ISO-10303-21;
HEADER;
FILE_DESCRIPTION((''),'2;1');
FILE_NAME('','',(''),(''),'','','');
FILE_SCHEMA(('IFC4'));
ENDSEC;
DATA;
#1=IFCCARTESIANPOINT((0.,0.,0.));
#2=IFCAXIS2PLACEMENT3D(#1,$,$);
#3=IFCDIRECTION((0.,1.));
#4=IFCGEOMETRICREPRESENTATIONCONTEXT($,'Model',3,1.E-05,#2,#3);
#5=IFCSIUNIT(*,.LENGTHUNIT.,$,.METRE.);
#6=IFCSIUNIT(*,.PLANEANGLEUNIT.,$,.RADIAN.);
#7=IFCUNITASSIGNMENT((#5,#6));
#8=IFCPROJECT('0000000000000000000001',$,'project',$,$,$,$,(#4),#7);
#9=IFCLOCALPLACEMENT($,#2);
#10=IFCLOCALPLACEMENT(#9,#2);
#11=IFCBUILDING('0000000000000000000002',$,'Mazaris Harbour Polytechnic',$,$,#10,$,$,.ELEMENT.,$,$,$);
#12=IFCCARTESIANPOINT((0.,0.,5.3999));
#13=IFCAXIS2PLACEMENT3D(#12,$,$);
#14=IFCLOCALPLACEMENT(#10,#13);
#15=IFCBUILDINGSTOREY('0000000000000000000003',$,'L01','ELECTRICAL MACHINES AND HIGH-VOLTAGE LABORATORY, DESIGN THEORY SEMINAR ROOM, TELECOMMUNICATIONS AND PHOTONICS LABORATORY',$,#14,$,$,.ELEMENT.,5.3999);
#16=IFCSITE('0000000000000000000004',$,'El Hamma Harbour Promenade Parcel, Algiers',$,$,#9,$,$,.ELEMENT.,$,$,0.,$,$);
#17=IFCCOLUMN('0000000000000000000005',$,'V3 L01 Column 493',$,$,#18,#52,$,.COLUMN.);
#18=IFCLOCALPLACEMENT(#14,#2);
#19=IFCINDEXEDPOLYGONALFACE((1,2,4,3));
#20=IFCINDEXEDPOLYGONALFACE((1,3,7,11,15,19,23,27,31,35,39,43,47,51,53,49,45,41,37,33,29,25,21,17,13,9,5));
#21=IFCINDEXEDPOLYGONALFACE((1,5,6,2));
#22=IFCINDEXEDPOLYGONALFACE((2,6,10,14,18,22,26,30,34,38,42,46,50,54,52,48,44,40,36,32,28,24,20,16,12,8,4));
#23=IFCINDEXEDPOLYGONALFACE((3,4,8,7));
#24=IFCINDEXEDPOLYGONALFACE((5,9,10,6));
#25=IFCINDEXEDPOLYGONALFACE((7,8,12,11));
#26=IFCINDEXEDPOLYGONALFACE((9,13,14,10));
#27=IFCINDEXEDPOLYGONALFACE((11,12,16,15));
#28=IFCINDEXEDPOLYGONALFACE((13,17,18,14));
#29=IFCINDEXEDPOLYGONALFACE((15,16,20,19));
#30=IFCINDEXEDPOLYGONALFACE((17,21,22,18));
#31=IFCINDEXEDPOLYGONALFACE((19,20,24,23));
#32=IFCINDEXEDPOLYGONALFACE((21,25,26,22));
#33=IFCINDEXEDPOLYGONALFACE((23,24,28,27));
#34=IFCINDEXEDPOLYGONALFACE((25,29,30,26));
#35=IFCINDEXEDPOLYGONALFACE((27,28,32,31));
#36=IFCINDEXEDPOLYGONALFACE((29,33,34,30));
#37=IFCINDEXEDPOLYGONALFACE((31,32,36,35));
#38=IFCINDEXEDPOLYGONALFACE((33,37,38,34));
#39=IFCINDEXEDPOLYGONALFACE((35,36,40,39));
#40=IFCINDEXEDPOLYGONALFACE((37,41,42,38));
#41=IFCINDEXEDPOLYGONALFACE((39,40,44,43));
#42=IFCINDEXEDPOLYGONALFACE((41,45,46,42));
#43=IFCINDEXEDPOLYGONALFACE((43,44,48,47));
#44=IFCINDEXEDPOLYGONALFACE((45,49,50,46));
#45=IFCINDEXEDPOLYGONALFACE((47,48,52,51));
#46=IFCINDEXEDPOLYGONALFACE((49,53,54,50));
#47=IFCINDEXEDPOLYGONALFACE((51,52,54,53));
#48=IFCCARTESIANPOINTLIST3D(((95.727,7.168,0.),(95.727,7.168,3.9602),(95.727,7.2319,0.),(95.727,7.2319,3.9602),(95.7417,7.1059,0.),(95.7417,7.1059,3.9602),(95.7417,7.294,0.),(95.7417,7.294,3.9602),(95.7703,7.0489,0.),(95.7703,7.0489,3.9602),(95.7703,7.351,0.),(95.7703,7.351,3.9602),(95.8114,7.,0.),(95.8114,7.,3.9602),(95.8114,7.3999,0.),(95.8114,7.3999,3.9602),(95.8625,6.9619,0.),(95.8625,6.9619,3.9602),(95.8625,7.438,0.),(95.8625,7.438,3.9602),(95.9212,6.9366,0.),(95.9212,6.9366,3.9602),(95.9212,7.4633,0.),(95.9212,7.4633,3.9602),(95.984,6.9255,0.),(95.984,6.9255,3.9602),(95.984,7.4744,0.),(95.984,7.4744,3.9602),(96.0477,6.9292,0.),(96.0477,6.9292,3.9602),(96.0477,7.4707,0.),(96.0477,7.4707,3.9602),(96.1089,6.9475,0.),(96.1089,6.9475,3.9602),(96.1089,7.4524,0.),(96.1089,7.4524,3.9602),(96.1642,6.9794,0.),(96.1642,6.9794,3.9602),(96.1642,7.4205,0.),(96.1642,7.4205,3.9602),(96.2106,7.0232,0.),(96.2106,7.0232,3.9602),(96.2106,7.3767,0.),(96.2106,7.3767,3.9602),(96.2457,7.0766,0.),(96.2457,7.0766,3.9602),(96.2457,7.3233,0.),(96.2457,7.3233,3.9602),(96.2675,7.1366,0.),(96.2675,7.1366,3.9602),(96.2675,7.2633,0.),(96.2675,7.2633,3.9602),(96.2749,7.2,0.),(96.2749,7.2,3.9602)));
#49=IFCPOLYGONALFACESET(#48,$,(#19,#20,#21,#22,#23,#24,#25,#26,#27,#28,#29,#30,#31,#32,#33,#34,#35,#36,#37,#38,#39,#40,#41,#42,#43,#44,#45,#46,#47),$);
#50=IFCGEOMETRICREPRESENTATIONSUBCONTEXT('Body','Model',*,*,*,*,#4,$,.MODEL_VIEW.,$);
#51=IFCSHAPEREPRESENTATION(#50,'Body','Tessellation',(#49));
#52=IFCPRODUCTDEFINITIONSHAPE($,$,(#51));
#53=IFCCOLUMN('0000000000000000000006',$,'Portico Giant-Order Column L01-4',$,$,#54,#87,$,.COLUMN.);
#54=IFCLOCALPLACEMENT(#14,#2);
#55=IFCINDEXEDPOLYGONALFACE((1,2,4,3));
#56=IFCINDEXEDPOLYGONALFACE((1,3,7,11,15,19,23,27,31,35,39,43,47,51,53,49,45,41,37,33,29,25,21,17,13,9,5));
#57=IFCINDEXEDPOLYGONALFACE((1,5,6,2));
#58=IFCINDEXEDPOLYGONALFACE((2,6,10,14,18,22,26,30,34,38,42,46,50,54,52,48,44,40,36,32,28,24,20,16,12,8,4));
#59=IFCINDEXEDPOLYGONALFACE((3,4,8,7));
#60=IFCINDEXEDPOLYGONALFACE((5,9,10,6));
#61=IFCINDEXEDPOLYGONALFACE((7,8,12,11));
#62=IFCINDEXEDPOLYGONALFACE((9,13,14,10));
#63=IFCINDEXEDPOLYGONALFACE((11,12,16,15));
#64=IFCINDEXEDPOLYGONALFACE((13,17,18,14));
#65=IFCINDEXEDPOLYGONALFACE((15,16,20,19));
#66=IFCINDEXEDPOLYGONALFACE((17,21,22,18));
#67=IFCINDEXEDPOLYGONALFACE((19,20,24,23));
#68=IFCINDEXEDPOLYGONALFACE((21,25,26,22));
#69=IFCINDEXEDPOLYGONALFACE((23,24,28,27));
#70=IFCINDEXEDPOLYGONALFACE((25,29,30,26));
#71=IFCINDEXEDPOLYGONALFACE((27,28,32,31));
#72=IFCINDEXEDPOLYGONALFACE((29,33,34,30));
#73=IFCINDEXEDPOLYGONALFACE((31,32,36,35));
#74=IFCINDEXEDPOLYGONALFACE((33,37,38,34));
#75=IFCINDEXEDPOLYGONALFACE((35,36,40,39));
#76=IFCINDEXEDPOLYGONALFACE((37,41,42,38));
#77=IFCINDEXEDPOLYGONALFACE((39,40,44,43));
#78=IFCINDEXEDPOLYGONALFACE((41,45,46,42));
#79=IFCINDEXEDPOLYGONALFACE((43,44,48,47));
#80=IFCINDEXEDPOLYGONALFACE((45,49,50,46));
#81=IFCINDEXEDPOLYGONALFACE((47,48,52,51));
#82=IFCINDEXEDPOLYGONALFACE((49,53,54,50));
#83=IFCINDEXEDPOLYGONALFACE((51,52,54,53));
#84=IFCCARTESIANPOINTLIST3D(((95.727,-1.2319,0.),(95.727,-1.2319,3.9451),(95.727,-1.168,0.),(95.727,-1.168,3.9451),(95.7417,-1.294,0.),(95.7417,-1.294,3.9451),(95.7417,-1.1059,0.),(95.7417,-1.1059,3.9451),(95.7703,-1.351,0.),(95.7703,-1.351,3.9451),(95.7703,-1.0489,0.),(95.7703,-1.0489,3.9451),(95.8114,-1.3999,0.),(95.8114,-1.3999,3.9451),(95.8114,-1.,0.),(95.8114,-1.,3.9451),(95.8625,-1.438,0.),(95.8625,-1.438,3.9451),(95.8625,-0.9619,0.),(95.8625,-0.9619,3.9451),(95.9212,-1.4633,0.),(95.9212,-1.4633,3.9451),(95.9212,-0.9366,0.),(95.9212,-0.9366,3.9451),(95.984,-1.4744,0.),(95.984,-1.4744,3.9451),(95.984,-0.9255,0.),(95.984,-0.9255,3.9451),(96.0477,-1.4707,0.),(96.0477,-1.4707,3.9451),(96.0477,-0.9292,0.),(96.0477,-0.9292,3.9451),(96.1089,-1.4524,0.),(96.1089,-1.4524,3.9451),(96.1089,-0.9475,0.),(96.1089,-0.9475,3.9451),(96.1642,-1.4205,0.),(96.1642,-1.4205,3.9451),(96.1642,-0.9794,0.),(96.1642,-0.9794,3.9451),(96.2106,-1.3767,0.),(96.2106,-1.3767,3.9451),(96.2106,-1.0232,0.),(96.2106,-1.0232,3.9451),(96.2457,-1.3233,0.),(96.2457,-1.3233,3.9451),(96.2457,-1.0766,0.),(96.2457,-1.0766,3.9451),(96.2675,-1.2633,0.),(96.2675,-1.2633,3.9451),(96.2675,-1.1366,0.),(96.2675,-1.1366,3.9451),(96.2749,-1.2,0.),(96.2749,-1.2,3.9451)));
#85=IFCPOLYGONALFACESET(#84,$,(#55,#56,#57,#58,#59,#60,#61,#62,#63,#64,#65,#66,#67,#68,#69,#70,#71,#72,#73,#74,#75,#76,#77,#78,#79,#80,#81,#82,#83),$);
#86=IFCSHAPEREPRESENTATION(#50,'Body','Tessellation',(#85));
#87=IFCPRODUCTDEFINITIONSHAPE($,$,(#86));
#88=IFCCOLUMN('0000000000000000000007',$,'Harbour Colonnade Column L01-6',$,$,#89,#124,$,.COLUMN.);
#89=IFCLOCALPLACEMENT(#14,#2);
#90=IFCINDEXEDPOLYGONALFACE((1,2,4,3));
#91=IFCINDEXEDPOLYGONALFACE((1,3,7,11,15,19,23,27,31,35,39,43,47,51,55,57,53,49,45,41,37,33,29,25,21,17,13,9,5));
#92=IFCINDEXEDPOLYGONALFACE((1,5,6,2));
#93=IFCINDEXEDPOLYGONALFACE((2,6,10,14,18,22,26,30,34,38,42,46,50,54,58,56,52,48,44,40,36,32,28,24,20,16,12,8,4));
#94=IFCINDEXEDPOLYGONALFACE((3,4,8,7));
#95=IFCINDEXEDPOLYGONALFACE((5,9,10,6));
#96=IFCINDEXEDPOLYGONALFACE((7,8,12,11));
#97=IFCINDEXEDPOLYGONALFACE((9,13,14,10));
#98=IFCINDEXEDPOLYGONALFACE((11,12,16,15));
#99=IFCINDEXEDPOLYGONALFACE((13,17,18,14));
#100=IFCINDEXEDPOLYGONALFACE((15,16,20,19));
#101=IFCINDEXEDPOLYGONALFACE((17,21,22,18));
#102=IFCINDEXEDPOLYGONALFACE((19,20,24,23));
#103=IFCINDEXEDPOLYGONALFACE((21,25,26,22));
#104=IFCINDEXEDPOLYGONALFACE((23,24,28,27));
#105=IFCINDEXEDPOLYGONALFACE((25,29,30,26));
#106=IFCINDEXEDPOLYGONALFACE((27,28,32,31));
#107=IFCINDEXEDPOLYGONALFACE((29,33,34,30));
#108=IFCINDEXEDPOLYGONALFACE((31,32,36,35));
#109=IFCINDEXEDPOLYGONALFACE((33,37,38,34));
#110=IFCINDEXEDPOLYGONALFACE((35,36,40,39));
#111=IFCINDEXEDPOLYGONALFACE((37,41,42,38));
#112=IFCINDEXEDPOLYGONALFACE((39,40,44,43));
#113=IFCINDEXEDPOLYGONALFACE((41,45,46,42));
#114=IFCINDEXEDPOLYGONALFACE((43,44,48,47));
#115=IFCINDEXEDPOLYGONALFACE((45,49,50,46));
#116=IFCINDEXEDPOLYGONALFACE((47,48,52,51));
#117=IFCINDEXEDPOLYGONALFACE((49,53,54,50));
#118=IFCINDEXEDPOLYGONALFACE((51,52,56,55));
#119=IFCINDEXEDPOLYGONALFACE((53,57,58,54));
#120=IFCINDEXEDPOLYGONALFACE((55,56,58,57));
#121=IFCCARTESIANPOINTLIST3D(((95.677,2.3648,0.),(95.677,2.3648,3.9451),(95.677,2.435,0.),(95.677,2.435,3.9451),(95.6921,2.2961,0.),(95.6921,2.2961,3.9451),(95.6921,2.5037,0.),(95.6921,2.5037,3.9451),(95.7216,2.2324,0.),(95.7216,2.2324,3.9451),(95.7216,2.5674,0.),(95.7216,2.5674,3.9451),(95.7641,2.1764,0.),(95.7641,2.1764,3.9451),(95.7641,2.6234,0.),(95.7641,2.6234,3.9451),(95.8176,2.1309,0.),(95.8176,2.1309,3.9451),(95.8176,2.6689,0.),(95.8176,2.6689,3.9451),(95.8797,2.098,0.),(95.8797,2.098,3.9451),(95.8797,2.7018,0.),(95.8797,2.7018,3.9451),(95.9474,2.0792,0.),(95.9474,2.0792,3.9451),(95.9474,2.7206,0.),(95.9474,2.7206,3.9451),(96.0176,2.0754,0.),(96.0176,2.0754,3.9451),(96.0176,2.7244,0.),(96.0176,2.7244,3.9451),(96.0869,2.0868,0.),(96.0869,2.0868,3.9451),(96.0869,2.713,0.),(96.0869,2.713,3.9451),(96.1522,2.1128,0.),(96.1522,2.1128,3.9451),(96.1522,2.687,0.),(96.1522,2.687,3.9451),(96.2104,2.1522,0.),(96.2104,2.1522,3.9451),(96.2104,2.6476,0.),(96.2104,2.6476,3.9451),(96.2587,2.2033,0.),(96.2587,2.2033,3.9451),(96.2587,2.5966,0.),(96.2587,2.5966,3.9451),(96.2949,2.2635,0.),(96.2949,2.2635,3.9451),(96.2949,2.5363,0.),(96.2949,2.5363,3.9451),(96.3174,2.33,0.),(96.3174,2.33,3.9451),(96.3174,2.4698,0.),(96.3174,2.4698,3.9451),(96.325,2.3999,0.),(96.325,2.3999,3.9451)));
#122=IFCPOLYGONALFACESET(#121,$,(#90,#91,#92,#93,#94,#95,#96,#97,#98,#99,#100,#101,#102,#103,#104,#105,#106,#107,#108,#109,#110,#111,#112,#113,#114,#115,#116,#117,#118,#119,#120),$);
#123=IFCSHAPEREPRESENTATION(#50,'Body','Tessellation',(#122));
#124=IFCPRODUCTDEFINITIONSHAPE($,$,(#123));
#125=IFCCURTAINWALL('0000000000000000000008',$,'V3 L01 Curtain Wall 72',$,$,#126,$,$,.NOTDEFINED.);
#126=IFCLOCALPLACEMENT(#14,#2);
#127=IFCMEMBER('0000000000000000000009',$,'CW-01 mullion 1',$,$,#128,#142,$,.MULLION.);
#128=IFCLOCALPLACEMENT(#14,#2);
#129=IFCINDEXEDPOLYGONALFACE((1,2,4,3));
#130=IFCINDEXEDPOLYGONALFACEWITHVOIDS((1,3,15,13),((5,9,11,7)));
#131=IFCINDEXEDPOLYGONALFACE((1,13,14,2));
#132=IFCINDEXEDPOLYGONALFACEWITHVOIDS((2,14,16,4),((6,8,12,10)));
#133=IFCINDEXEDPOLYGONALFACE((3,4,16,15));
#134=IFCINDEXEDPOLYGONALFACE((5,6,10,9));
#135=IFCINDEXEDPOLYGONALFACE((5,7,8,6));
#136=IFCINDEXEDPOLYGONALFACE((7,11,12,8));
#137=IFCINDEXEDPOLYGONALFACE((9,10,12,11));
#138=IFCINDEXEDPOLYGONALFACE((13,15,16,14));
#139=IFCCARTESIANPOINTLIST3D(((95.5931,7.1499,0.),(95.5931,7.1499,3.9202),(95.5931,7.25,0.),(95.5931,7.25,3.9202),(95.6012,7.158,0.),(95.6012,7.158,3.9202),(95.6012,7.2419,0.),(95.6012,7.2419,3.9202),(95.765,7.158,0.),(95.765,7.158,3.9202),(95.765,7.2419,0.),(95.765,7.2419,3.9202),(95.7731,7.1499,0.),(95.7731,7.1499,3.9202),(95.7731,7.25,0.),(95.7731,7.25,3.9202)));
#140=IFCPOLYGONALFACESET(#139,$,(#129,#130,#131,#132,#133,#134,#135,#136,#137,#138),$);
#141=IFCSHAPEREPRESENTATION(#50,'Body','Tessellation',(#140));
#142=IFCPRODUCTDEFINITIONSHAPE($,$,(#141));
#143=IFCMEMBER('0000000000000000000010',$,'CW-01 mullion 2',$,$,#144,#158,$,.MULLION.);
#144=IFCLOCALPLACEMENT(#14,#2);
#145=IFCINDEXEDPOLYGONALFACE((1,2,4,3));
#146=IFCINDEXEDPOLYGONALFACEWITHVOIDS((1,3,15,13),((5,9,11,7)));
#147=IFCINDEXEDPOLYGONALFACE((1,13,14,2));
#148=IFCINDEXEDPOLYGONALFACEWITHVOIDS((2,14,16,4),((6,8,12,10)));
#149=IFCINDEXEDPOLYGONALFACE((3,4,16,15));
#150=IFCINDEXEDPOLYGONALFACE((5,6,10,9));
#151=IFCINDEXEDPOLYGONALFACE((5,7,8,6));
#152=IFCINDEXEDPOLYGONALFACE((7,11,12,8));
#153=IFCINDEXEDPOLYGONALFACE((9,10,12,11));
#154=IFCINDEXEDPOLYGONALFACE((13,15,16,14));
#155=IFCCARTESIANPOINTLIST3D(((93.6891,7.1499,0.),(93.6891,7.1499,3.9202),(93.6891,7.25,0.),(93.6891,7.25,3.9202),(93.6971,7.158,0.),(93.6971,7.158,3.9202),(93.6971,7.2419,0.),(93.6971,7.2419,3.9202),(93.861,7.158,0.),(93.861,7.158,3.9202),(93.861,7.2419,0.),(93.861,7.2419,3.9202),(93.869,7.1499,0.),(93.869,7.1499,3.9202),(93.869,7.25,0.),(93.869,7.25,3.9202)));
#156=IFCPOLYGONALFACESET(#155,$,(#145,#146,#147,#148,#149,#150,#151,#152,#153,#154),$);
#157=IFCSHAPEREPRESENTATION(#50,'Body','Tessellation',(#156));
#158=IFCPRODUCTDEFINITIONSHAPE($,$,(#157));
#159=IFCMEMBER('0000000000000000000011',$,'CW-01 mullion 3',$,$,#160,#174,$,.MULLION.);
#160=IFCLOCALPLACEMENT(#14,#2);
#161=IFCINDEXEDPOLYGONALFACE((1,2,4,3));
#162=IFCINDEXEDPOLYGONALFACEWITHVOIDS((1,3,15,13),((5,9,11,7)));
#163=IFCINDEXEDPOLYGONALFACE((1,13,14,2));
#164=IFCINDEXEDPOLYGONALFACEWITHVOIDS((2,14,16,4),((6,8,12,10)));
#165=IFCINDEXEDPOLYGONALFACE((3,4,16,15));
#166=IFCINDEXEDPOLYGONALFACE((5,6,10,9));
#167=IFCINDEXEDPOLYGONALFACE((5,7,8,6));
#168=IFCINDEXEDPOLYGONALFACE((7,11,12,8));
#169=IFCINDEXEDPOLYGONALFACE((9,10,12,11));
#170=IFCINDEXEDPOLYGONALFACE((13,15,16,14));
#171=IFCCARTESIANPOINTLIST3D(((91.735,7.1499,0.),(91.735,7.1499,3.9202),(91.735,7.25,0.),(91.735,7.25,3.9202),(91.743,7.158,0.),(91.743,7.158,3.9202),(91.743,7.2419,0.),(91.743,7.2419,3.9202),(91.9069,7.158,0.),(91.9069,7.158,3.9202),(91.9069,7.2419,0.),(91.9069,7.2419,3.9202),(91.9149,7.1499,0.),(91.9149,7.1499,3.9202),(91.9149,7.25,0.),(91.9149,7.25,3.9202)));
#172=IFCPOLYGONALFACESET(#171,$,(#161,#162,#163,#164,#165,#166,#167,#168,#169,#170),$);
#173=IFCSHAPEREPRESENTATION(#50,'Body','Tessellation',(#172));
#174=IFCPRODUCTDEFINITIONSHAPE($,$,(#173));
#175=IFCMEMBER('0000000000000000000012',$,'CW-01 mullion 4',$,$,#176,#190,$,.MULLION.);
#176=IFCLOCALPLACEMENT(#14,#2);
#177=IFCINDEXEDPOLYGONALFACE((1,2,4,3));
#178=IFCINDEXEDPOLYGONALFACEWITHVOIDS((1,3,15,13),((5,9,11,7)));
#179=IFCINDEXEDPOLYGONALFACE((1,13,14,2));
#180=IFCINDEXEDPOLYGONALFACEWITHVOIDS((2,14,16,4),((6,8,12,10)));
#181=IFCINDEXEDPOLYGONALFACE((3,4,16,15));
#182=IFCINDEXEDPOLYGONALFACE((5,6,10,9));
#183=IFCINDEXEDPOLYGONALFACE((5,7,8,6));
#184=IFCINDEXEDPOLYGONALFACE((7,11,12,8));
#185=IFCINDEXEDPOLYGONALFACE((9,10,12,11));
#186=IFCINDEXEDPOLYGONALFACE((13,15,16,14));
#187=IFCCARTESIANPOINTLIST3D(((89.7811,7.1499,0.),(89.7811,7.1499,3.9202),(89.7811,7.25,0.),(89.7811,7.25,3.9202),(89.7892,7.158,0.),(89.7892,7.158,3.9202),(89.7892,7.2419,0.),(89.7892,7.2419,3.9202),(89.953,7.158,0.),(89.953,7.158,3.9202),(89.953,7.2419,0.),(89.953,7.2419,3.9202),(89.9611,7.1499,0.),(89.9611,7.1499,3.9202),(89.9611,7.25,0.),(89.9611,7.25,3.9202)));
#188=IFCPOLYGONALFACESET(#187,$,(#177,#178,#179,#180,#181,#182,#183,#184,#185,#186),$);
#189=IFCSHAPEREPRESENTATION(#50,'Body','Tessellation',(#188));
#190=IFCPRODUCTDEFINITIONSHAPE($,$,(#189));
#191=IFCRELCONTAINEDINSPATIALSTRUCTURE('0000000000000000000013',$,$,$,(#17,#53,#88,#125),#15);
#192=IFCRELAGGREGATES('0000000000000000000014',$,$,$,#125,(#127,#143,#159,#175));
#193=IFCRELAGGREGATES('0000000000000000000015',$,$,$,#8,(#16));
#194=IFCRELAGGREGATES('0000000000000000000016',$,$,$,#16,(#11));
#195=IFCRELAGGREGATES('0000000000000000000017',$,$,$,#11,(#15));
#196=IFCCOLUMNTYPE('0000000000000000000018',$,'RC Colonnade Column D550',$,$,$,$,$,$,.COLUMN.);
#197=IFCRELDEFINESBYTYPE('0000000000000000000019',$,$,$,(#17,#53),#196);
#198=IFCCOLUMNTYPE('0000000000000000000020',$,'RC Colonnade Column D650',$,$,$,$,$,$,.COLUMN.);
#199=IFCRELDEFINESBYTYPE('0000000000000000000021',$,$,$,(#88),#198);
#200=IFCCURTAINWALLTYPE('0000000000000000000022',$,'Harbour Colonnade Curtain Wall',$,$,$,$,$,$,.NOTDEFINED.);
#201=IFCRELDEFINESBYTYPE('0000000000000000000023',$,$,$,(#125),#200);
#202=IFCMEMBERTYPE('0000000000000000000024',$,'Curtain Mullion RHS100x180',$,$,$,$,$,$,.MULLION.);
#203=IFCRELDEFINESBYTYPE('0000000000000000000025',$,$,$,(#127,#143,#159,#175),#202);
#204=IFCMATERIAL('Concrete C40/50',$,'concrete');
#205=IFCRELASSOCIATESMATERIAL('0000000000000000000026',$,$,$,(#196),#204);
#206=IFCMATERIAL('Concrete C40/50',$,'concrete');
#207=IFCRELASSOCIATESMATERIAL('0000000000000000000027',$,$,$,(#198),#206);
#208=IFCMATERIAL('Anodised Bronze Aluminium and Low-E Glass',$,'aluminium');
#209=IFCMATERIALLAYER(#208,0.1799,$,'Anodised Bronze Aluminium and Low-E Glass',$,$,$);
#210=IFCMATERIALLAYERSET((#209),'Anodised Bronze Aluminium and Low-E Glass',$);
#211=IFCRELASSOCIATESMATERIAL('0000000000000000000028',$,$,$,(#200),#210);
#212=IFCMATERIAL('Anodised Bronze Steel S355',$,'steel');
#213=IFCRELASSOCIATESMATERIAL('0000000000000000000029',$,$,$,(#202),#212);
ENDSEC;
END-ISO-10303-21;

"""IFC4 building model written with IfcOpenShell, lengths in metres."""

from ifc_helpers import new_model, si_unit, direction, frame, origin, origin_2d, place, context, subcontext, project, spatial, hollow_rectangle, circle, extrude, material, layer, layer_set, material_profile, profile_set, type_object, element, aggregate, save


model = new_model("IFC4")

# Units and contexts
model_context = context("Model", 3, precision=1e-05, world=origin(), true_north=direction((0.0, 1.0)))
body_context = subcontext(model_context, "Body", "Model", "MODEL_VIEW")
ifc_project = project(units=[si_unit("LENGTHUNIT", "METRE"), si_unit("PLANEANGLEUNIT", "RADIAN")], contexts=[model_context])

# Site, building, storey
site_placement = place(None, origin())
site = spatial("IfcSite", under=ifc_project, at=site_placement, Name="El Hamma Harbour Promenade Parcel, Algiers", CompositionType="ELEMENT", RefElevation=0.0)
building_placement = place(site_placement, origin())
building = spatial("IfcBuilding", under=site, at=building_placement, Name="Mazaris Harbour Polytechnic", CompositionType="ELEMENT")
storey_placement = place(building_placement, frame((0.0, 0.0, 5.3999)))
storey = spatial("IfcBuildingStorey", under=building, at=storey_placement, Name="L01", Description="ELECTRICAL MACHINES AND HIGH-VOLTAGE LABORATORY, DESIGN THEORY SEMINAR ROOM, TELECOMMUNICATIONS AND PHOTONICS LABORATORY", CompositionType="ELEMENT", Elevation=5.3999)

# Columns
ifc_material_1 = material(Name="Concrete C40/50", Category="concrete")
ifc_material_profile_1 = material_profile(ifc_material_1, circle(Radius=0.2749, at=origin_2d()), Name="DIA550")
ifc_profile_set_1 = profile_set([ifc_material_profile_1], Name="Concrete C40/50")
column_type_1 = type_object("IfcColumnType", Name="RC Colonnade Column D550", PredefinedType="COLUMN", material=ifc_profile_set_1)
column_1_placement = place(storey_placement, frame((96.0, 7.2, 0.0), z_axis=(0.0, 0.0, 1.0), x_axis=(1.0, 0.0, 0.0)))
element("IfcColumn", 1, at=column_1_placement, inside=storey, type_object=column_type_1, Name="V3 L01 Column 493", PredefinedType="COLUMN", context=body_context, shape_type="SweptSolid", body=[
    extrude(circle(Radius=0.2749, at=origin_2d()), origin(), (0.0, 0.0, 1.0), 3.9602),
])
column_2_placement = place(storey_placement, frame((96.0, -1.2, 0.0), z_axis=(0.0, 0.0, 1.0), x_axis=(1.0, 0.0, 0.0)))
element("IfcColumn", 2, at=column_2_placement, inside=storey, type_object=column_type_1, Name="Portico Giant-Order Column L01-4", PredefinedType="COLUMN", context=body_context, shape_type="SweptSolid", body=[
    extrude(circle(Radius=0.2749, at=origin_2d()), origin(), (0.0, 0.0, 1.0), 3.9451),
])
ifc_material_2 = material(Name="Concrete C40/50", Category="concrete")
ifc_material_profile_2 = material_profile(ifc_material_2, circle(Radius=0.325, at=origin_2d()), Name="DIA650")
ifc_profile_set_2 = profile_set([ifc_material_profile_2], Name="Concrete C40/50")
column_type_2 = type_object("IfcColumnType", Name="RC Colonnade Column D650", PredefinedType="COLUMN", material=ifc_profile_set_2)
column_3_placement = place(storey_placement, frame((96.0, 2.3999, 0.0), z_axis=(0.0, 0.0, 1.0), x_axis=(1.0, 0.0, 0.0)))
element("IfcColumn", 3, at=column_3_placement, inside=storey, type_object=column_type_2, Name="Harbour Colonnade Column L01-6", PredefinedType="COLUMN", context=body_context, shape_type="SweptSolid", body=[
    extrude(circle(Radius=0.325, at=origin_2d()), origin(), (0.0, 0.0, 1.0), 3.9451),
])

# Curtain wall, members
ifc_material_3 = material(Name="Anodised Bronze Aluminium and Low-E Glass", Category="aluminium")
ifc_layer_1 = layer(ifc_material_3, 0.1799, Name="Anodised Bronze Aluminium and Low-E Glass")
ifc_layer_set_1 = layer_set([ifc_layer_1], Name="Anodised Bronze Aluminium and Low-E Glass")
curtain_wall_type = type_object("IfcCurtainWallType", Name="Harbour Colonnade Curtain Wall", PredefinedType="NOTDEFINED", material=ifc_layer_set_1)
curtain_wall_1_placement = place(storey_placement, origin())
curtain_wall_1 = element("IfcCurtainWall", 4, at=curtain_wall_1_placement, inside=storey, type_object=curtain_wall_type, Name="V3 L01 Curtain Wall 72", PredefinedType="NOTDEFINED")
ifc_material_4 = material(Name="Anodised Bronze Steel S355", Category="steel")
ifc_material_profile_3 = material_profile(ifc_material_4, hollow_rectangle(XDim=0.1001, YDim=0.1799, WallThickness=0.0081, at=origin_2d()), Name="RHS 100x180x8.0")
ifc_profile_set_3 = profile_set([ifc_material_profile_3], Name="Anodised Bronze Steel S355")
member_type_1 = type_object("IfcMemberType", Name="Curtain Mullion RHS100x180", PredefinedType="MULLION", material=ifc_profile_set_3)
member_1_placement = place(storey_placement, frame((95.6831, 7.2, 0.0), z_axis=(0.0, 0.0, 1.0), x_axis=(0.0, -1.0, 0.0)))
member_1 = element("IfcMember", 5, at=member_1_placement, type_object=member_type_1, Name="CW-01 mullion 1", PredefinedType="MULLION", context=body_context, shape_type="SweptSolid", body=[
    extrude(hollow_rectangle(XDim=0.1001, YDim=0.1799, WallThickness=0.0081, at=origin_2d()), origin(), (0.0, 0.0, 1.0), 3.9202),
])
member_2_placement = place(storey_placement, frame((93.7791, 7.2, 0.0), z_axis=(0.0, 0.0, 1.0), x_axis=(0.0, -1.0, 0.0)))
member_2 = element("IfcMember", 6, at=member_2_placement, type_object=member_type_1, Name="CW-01 mullion 2", PredefinedType="MULLION", context=body_context, shape_type="SweptSolid", body=[
    extrude(hollow_rectangle(XDim=0.1001, YDim=0.1799, WallThickness=0.0081, at=origin_2d()), origin(), (0.0, 0.0, 1.0), 3.9202),
])
member_3_placement = place(storey_placement, frame((91.825, 7.2, 0.0), z_axis=(0.0, 0.0, 1.0), x_axis=(0.0, -1.0, 0.0)))
member_3 = element("IfcMember", 7, at=member_3_placement, type_object=member_type_1, Name="CW-01 mullion 3", PredefinedType="MULLION", context=body_context, shape_type="SweptSolid", body=[
    extrude(hollow_rectangle(XDim=0.1001, YDim=0.1799, WallThickness=0.0081, at=origin_2d()), origin(), (0.0, 0.0, 1.0), 3.9202),
])
member_4_placement = place(storey_placement, frame((89.8711, 7.2, 0.0), z_axis=(0.0, 0.0, 1.0), x_axis=(0.0, -1.0, 0.0)))
member_4 = element("IfcMember", 8, at=member_4_placement, type_object=member_type_1, Name="CW-01 mullion 4", PredefinedType="MULLION", context=body_context, shape_type="SweptSolid", body=[
    extrude(hollow_rectangle(XDim=0.1001, YDim=0.1799, WallThickness=0.0081, at=origin_2d()), origin(), (0.0, 0.0, 1.0), 3.9202),
])

aggregate(curtain_wall_1, [member_1, member_2, member_3, member_4])

save(model, "model.ifc")
